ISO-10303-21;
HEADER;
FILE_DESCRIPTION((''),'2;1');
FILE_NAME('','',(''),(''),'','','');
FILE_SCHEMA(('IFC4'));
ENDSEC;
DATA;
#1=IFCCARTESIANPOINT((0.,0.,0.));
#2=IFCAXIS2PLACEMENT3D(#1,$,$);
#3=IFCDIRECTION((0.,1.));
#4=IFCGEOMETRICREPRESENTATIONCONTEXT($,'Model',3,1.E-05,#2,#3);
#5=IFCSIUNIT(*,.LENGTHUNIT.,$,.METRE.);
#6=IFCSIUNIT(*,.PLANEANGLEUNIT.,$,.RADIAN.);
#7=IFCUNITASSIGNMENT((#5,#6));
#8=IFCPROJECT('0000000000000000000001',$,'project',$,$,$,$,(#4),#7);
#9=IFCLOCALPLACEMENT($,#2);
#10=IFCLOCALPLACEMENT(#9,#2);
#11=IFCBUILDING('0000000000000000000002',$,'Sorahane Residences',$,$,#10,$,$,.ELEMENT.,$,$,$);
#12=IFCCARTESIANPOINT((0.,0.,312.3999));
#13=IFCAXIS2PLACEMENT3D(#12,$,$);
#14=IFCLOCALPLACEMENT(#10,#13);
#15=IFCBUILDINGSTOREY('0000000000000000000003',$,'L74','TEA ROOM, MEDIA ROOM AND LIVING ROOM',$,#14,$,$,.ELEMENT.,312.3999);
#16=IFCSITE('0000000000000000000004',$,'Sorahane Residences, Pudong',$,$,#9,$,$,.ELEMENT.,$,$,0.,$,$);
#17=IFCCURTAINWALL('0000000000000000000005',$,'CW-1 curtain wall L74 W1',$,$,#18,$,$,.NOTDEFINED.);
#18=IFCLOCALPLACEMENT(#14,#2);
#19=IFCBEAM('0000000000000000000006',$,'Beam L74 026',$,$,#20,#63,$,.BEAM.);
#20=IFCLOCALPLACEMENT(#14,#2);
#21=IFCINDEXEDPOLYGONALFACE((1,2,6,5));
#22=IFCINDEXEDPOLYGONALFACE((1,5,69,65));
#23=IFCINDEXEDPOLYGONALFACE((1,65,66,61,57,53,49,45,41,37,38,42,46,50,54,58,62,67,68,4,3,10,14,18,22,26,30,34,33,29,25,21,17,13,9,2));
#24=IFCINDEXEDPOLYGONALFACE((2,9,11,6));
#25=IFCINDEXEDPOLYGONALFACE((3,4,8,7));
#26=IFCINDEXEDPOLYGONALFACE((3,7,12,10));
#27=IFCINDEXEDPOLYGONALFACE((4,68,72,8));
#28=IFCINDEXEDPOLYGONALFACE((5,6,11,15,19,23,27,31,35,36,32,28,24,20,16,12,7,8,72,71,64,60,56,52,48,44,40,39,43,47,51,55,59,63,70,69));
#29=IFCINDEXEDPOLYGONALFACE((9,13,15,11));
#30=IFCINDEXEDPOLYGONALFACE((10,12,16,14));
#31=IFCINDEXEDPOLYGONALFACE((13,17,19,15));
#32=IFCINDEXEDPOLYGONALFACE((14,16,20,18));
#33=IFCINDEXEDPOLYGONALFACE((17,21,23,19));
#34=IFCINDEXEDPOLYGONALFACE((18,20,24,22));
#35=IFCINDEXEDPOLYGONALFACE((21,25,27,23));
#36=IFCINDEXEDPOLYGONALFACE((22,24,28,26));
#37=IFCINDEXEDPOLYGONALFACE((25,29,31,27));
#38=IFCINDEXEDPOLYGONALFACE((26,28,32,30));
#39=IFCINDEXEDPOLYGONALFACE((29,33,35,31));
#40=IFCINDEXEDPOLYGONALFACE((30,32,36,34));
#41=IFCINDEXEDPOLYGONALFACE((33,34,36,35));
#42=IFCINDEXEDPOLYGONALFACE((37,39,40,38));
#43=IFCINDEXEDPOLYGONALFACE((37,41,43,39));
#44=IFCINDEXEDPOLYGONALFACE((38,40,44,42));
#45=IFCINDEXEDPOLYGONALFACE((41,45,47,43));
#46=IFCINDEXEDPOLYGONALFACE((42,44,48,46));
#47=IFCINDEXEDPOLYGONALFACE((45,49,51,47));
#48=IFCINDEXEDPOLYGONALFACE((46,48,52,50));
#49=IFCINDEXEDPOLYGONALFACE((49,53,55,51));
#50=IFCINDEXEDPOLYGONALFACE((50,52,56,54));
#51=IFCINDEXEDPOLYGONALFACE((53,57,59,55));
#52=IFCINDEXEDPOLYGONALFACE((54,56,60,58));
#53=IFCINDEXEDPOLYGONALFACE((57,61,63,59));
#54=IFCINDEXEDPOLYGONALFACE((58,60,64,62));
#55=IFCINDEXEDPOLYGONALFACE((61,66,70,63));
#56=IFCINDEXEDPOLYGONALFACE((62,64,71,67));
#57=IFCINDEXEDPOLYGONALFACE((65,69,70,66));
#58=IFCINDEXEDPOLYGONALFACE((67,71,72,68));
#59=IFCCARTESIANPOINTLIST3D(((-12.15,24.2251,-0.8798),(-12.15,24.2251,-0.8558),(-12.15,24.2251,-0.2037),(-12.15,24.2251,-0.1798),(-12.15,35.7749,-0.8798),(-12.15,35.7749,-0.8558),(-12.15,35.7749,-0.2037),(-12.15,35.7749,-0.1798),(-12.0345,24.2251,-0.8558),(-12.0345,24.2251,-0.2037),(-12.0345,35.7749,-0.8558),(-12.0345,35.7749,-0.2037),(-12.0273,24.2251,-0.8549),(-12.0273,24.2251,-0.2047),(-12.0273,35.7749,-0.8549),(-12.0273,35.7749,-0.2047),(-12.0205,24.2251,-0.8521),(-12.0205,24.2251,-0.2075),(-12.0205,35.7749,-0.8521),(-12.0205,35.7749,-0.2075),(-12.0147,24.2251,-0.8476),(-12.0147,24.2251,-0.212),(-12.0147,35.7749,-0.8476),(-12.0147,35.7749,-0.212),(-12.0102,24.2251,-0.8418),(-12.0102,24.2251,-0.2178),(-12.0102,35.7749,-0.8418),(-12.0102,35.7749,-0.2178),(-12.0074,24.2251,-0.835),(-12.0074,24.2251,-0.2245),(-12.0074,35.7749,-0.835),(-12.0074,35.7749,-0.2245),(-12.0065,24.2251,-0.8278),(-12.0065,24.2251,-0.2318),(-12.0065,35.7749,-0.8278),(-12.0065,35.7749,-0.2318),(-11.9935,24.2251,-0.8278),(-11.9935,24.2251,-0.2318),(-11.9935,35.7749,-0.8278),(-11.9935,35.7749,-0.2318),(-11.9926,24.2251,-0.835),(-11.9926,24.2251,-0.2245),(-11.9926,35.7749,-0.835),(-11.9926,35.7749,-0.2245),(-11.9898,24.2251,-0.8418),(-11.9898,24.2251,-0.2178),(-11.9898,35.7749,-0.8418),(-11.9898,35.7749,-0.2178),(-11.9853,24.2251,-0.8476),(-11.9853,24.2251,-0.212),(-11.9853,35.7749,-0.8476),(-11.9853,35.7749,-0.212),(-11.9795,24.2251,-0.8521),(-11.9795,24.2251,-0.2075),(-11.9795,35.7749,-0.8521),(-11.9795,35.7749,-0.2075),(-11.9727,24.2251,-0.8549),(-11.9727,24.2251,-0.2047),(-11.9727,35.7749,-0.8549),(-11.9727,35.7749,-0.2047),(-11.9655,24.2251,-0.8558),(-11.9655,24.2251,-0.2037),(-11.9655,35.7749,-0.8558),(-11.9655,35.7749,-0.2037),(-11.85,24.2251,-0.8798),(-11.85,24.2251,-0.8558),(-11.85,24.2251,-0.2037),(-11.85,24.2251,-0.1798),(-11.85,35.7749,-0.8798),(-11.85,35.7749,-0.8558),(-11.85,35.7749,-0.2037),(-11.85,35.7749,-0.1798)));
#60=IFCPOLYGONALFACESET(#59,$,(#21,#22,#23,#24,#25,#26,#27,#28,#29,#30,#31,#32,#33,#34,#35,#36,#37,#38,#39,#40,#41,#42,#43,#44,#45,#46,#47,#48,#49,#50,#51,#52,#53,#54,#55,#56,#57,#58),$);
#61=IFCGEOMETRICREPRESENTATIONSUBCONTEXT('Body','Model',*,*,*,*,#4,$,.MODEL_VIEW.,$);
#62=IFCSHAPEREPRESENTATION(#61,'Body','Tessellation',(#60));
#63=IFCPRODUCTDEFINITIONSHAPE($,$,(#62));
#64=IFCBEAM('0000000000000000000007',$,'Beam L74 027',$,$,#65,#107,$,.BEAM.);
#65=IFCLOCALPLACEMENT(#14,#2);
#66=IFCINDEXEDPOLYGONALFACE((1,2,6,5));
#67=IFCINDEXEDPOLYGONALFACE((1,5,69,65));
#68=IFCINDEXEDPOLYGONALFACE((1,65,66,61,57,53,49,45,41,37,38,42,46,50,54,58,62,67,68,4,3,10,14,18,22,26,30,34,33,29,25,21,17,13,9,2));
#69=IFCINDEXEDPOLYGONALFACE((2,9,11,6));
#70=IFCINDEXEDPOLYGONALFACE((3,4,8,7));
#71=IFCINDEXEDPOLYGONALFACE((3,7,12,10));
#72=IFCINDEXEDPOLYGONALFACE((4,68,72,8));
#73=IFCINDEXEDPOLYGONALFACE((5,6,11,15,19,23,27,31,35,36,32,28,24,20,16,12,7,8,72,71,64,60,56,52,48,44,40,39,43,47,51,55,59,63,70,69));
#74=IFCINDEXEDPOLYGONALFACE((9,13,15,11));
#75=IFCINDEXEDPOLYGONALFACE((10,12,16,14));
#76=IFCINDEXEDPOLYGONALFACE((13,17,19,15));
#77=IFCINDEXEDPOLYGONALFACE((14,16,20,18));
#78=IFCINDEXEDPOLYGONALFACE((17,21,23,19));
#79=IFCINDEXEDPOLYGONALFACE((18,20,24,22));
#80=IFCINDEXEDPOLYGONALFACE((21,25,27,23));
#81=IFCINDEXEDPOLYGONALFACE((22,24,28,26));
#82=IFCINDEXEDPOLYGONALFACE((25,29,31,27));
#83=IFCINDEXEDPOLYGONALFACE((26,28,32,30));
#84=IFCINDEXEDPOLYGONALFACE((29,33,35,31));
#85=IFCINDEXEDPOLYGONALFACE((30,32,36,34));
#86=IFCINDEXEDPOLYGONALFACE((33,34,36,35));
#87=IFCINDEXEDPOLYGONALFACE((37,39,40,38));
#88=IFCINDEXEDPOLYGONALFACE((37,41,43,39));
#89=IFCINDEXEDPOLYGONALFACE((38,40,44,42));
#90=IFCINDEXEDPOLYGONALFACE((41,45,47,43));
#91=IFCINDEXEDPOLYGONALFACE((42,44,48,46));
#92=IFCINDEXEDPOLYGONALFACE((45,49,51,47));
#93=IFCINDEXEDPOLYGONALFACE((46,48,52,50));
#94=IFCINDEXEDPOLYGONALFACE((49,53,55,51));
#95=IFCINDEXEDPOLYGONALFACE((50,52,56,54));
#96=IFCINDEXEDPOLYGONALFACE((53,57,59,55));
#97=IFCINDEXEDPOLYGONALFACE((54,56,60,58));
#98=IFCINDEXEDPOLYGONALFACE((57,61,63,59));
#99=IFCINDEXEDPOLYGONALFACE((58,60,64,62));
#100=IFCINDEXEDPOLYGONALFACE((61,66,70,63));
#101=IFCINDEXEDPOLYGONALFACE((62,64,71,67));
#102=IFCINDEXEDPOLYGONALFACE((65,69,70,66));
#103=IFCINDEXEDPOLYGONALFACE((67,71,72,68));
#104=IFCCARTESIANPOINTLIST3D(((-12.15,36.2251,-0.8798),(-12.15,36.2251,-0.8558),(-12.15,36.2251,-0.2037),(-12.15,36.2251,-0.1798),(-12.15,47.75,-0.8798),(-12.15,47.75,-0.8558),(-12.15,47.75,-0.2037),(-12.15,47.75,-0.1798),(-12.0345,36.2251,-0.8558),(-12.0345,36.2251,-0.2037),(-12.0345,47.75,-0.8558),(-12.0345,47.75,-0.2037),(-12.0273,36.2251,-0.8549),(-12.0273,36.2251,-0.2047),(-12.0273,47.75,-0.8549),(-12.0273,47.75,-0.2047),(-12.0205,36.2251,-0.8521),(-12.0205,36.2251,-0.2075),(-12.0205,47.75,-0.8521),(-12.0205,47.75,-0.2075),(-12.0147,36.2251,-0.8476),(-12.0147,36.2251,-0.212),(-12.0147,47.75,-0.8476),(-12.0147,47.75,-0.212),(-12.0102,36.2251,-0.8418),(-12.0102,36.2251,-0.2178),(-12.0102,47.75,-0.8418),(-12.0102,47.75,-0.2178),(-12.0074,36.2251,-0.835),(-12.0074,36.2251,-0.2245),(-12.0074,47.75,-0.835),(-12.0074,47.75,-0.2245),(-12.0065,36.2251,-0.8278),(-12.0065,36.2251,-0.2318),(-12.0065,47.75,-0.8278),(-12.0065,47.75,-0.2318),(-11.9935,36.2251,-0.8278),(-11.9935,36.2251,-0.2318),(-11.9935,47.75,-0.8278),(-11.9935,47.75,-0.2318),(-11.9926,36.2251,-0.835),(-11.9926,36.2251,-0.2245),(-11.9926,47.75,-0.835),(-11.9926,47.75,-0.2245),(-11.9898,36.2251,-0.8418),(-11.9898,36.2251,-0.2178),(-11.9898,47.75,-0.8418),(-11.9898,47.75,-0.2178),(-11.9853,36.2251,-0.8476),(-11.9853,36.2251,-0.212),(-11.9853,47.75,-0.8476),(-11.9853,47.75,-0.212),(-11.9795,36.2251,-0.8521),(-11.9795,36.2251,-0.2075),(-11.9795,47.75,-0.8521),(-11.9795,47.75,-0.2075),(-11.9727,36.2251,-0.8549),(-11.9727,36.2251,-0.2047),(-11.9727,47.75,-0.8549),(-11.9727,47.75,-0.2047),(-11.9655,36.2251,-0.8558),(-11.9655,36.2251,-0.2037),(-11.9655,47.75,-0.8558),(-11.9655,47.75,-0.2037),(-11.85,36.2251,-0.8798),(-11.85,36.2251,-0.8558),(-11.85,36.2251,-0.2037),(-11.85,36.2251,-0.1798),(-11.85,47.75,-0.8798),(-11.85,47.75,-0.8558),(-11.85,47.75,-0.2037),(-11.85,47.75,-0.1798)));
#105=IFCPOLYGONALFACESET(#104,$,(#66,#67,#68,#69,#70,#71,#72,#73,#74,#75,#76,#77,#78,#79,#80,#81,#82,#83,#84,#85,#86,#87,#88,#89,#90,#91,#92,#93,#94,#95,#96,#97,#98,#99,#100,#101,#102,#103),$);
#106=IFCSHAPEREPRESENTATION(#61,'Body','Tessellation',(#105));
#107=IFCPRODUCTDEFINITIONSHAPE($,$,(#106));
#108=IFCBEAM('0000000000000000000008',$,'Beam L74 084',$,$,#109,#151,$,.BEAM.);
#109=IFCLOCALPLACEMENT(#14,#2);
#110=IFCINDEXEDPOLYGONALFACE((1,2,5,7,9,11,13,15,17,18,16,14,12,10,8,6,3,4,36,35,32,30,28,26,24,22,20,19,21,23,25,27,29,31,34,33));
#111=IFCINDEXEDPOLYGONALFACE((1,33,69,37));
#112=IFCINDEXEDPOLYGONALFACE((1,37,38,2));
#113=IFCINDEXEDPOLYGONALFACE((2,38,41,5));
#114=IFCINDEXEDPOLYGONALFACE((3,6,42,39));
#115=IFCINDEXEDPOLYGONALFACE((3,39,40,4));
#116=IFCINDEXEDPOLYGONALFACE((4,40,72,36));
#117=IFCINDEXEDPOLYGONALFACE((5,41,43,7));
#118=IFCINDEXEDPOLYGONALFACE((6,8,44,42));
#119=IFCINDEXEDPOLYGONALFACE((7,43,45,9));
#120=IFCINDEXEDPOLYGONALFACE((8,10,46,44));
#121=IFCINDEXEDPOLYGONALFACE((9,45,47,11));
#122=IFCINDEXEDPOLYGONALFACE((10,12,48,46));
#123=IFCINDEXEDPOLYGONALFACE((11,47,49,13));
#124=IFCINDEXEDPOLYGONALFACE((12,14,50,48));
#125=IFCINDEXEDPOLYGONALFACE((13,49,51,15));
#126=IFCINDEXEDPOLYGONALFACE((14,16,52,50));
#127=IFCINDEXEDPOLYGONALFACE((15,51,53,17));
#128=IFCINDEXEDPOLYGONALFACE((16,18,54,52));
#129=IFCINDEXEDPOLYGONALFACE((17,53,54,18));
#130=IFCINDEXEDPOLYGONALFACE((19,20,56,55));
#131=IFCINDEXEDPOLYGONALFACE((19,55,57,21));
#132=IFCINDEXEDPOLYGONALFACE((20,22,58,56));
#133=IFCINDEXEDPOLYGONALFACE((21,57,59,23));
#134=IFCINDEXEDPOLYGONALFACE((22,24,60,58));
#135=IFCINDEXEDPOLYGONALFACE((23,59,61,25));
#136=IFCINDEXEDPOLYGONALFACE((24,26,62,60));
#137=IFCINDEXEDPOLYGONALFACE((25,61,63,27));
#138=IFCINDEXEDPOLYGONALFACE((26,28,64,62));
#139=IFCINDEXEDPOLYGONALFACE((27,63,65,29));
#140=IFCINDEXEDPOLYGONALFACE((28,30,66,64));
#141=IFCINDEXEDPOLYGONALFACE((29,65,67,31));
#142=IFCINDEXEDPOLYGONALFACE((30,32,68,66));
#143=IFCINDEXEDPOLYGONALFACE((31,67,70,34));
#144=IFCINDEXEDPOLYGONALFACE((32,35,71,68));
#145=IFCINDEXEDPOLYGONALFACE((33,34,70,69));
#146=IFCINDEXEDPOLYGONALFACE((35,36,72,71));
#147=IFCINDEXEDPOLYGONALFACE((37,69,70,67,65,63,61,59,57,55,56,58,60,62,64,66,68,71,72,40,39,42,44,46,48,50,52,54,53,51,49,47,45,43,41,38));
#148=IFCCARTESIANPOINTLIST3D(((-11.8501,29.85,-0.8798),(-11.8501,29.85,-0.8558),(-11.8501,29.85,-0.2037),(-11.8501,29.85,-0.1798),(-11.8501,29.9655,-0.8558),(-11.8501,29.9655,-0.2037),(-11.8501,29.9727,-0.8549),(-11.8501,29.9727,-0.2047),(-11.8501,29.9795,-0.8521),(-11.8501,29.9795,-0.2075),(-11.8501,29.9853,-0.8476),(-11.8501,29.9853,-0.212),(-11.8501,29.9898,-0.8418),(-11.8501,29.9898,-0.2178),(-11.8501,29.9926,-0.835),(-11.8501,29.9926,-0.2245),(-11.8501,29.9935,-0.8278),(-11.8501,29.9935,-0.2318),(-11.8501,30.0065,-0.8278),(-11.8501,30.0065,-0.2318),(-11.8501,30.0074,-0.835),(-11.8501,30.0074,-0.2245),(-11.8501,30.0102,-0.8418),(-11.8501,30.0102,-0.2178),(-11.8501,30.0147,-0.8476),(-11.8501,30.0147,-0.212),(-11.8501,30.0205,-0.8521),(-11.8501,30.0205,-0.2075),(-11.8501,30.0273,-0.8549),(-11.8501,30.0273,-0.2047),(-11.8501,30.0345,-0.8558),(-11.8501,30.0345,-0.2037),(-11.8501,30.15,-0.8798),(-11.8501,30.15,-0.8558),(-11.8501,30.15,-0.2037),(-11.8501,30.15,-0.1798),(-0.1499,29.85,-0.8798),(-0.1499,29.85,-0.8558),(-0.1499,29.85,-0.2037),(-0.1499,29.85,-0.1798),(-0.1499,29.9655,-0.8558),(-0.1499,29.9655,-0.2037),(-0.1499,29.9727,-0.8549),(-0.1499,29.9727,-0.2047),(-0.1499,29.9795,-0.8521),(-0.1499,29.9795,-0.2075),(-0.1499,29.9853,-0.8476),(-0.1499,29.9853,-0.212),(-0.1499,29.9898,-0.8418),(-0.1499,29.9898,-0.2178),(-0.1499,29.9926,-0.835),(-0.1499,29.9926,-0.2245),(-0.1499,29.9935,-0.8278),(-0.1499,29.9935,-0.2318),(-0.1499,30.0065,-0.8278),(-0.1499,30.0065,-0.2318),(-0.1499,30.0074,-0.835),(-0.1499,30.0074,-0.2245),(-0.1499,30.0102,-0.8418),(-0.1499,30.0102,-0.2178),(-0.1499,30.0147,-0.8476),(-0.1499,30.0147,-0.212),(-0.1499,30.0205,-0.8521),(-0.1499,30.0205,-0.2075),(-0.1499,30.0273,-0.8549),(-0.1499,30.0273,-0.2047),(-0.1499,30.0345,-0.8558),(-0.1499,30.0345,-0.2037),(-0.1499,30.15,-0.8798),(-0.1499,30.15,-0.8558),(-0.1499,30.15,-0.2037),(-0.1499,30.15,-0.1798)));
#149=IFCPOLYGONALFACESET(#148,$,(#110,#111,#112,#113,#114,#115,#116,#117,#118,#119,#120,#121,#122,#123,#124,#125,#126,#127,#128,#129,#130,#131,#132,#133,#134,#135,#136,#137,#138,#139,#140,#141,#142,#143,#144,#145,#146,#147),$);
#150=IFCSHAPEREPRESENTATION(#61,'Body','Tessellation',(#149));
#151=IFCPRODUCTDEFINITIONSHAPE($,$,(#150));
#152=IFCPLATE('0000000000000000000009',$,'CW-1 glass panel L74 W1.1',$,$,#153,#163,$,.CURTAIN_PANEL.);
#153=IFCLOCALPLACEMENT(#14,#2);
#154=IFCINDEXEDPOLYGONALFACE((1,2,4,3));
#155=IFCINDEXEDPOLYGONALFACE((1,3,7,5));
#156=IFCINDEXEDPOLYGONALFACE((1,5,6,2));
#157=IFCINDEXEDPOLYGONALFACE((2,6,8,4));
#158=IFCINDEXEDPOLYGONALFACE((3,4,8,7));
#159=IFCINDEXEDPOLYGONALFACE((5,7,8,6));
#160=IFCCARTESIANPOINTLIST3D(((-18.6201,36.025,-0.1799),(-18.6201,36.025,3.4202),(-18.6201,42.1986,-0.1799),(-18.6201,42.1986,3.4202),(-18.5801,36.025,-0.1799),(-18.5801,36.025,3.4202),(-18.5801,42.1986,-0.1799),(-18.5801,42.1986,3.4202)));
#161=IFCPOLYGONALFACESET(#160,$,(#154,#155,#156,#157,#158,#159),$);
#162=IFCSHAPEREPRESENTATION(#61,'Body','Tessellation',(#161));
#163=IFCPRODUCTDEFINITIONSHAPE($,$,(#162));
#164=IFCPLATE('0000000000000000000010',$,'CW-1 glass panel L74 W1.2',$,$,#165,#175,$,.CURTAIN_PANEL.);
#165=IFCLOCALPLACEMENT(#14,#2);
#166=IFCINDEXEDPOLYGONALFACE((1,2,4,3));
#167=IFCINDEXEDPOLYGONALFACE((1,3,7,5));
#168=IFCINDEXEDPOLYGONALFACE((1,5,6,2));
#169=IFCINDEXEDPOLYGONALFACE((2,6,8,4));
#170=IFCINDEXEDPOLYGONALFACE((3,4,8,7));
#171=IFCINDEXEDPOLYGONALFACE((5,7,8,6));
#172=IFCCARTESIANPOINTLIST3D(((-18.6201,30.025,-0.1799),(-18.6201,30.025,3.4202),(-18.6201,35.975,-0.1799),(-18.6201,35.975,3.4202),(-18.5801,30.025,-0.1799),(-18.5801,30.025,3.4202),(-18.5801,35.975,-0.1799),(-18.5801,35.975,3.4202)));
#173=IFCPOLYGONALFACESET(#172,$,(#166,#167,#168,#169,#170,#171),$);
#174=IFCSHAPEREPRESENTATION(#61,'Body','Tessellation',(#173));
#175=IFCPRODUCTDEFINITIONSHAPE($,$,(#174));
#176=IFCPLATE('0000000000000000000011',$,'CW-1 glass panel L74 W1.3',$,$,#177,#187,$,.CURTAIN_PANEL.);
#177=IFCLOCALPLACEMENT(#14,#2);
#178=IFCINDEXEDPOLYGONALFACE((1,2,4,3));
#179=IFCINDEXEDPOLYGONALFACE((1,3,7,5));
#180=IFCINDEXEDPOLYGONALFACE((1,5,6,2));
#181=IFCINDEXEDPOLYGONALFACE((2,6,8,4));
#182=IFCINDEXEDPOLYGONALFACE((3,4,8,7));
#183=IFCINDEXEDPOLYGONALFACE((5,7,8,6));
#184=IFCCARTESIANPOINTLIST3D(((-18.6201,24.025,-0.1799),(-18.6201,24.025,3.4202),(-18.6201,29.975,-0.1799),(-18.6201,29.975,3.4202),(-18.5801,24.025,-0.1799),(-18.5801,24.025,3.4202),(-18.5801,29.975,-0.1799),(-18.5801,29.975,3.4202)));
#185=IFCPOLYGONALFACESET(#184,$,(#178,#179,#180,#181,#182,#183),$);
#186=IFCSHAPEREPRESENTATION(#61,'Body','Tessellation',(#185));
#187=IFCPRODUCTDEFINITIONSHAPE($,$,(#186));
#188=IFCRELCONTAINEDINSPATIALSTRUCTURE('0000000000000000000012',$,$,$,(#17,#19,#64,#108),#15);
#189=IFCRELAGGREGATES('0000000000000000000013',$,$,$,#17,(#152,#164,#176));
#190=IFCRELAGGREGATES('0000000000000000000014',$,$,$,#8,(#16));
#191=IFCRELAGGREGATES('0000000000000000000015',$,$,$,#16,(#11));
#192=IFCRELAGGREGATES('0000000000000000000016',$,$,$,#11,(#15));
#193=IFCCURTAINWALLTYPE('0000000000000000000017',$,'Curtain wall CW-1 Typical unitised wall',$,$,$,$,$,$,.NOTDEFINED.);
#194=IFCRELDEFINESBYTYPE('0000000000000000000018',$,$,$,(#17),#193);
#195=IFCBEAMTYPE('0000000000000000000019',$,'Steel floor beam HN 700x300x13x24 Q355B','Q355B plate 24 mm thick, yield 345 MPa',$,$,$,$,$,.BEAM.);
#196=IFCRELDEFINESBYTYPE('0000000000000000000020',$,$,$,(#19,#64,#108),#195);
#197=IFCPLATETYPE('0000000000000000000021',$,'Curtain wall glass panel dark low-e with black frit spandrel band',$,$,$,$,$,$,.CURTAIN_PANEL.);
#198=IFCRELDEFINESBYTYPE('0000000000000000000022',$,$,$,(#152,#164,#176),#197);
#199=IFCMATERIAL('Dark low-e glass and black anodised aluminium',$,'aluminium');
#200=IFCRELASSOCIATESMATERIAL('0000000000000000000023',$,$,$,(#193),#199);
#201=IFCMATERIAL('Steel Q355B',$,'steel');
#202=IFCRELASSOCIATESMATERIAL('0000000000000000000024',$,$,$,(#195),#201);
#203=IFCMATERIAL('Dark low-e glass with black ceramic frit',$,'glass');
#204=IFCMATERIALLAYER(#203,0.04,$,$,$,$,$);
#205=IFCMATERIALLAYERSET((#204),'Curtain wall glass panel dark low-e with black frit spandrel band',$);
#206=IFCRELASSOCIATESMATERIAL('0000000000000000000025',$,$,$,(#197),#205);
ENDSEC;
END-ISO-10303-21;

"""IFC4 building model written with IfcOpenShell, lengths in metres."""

from ifc_helpers import new_model, si_unit, direction, frame, origin, origin_2d, place, context, subcontext, project, spatial, rectangle, i_section, extrude, material, layer, layer_set, material_profile, profile_set, type_object, element, aggregate, save


model = new_model("IFC4")

# Units and contexts
model_context = context("Model", 3, precision=1e-05, world=origin(), true_north=direction((0.0, 1.0)))
body_context = subcontext(model_context, "Body", "Model", "MODEL_VIEW")
ifc_project = project(units=[si_unit("LENGTHUNIT", "METRE"), si_unit("PLANEANGLEUNIT", "RADIAN")], contexts=[model_context])

# Site, building, storey
site_placement = place(None, origin())
site = spatial("IfcSite", under=ifc_project, at=site_placement, Name="Sorahane Residences, Pudong", CompositionType="ELEMENT", RefElevation=0.0)
building_placement = place(site_placement, origin())
building = spatial("IfcBuilding", under=site, at=building_placement, Name="Sorahane Residences", CompositionType="ELEMENT")
storey_placement = place(building_placement, frame((0.0, 0.0, 312.3999)))
storey = spatial("IfcBuildingStorey", under=building, at=storey_placement, Name="L74", Description="TEA ROOM, MEDIA ROOM AND LIVING ROOM", CompositionType="ELEMENT", Elevation=312.3999)

# Curtain wall
ifc_material_1 = material(Name="Dark low-e glass and black anodised aluminium", Category="aluminium")
curtain_wall_type = type_object("IfcCurtainWallType", Name="Curtain wall CW-1 Typical unitised wall", PredefinedType="NOTDEFINED", material=ifc_material_1)
curtain_wall_placement = place(storey_placement, origin())
curtain_wall = element("IfcCurtainWall", 1, at=curtain_wall_placement, inside=storey, type_object=curtain_wall_type, Name="CW-1 curtain wall L74 W1", PredefinedType="NOTDEFINED")

# Beams
ifc_material_2 = material(Name="Steel Q355B", Category="steel")
ifc_material_profile_1 = material_profile(ifc_material_2, i_section(OverallWidth=0.3, OverallDepth=0.7, WebThickness=0.0129, FlangeThickness=0.0239, FilletRadius=0.0281, at=origin_2d()), Name="HN 700x300x13x24")
ifc_profile_set_1 = profile_set([ifc_material_profile_1], Name="Steel Q355B")
beam_type_1 = type_object("IfcBeamType", Name="Steel floor beam HN 700x300x13x24 Q355B", Description="Q355B plate 24 mm thick, yield 345 MPa", PredefinedType="BEAM", material=ifc_profile_set_1)
beam_1_placement = place(storey_placement, frame((-12.0, 24.2251, -0.5298), z_axis=(0.0, 1.0, 0.0), x_axis=(-1.0, 0.0, 0.0)))
element("IfcBeam", 2, at=beam_1_placement, inside=storey, type_object=beam_type_1, Name="Beam L74 026", PredefinedType="BEAM", context=body_context, shape_type="SweptSolid", body=[
    extrude(i_section(OverallWidth=0.3, OverallDepth=0.7, WebThickness=0.0129, FlangeThickness=0.0239, FilletRadius=0.0281, at=origin_2d()), origin(), (0.0, 0.0, 1.0), 11.5498),
])
beam_2_placement = place(storey_placement, frame((-12.0, 36.2251, -0.5298), z_axis=(0.0, 1.0, 0.0), x_axis=(-1.0, 0.0, 0.0)))
element("IfcBeam", 3, at=beam_2_placement, inside=storey, type_object=beam_type_1, Name="Beam L74 027", PredefinedType="BEAM", context=body_context, shape_type="SweptSolid", body=[
    extrude(i_section(OverallWidth=0.3, OverallDepth=0.7, WebThickness=0.0129, FlangeThickness=0.0239, FilletRadius=0.0281, at=origin_2d()), origin(), (0.0, 0.0, 1.0), 11.5249),
])
beam_3_placement = place(storey_placement, frame((-11.8501, 30.0, -0.5298), z_axis=(1.0, 0.0, 0.0), x_axis=(0.0, 1.0, 0.0)))
element("IfcBeam", 4, at=beam_3_placement, inside=storey, type_object=beam_type_1, Name="Beam L74 084", PredefinedType="BEAM", context=body_context, shape_type="SweptSolid", body=[
    extrude(i_section(OverallWidth=0.3, OverallDepth=0.7, WebThickness=0.0129, FlangeThickness=0.0239, FilletRadius=0.0281, at=origin_2d()), origin(), (0.0, 0.0, 1.0), 11.7002),
])

# Plates
ifc_material_3 = material(Name="Dark low-e glass with black ceramic frit", Category="glass")
ifc_layer_1 = layer(ifc_material_3, 0.04)
ifc_layer_set_1 = layer_set([ifc_layer_1], Name="Curtain wall glass panel dark low-e with black frit spandrel band")
plate_type = type_object("IfcPlateType", Name="Curtain wall glass panel dark low-e with black frit spandrel band", PredefinedType="CURTAIN_PANEL", material=ifc_layer_set_1)
plate_1_placement = place(storey_placement, frame((-18.6001, 39.1118, -0.1799), z_axis=(0.0, 0.0, 1.0), x_axis=(0.0, -1.0, 0.0)))
plate_1 = element("IfcPlate", 5, at=plate_1_placement, type_object=plate_type, Name="CW-1 glass panel L74 W1.1", PredefinedType="CURTAIN_PANEL", context=body_context, shape_type="SweptSolid", body=[
    extrude(rectangle(XDim=6.1736, YDim=0.04, at=origin_2d()), origin(), (0.0, 0.0, 1.0), 3.6001),
])
plate_2_placement = place(storey_placement, frame((-18.6001, 33.0, -0.1799), z_axis=(0.0, 0.0, 1.0), x_axis=(0.0, -1.0, 0.0)))
plate_2 = element("IfcPlate", 6, at=plate_2_placement, type_object=plate_type, Name="CW-1 glass panel L74 W1.2", PredefinedType="CURTAIN_PANEL", context=body_context, shape_type="SweptSolid", body=[
    extrude(rectangle(XDim=5.95, YDim=0.04, at=origin_2d()), origin(), (0.0, 0.0, 1.0), 3.6001),
])
plate_3_placement = place(storey_placement, frame((-18.6001, 27.0, -0.1799), z_axis=(0.0, 0.0, 1.0), x_axis=(0.0, -1.0, 0.0)))
plate_3 = element("IfcPlate", 7, at=plate_3_placement, type_object=plate_type, Name="CW-1 glass panel L74 W1.3", PredefinedType="CURTAIN_PANEL", context=body_context, shape_type="SweptSolid", body=[
    extrude(rectangle(XDim=5.95, YDim=0.04, at=origin_2d()), origin(), (0.0, 0.0, 1.0), 3.6001),
])
aggregate(curtain_wall, [plate_1, plate_2, plate_3])

save(model, "model.ifc")
